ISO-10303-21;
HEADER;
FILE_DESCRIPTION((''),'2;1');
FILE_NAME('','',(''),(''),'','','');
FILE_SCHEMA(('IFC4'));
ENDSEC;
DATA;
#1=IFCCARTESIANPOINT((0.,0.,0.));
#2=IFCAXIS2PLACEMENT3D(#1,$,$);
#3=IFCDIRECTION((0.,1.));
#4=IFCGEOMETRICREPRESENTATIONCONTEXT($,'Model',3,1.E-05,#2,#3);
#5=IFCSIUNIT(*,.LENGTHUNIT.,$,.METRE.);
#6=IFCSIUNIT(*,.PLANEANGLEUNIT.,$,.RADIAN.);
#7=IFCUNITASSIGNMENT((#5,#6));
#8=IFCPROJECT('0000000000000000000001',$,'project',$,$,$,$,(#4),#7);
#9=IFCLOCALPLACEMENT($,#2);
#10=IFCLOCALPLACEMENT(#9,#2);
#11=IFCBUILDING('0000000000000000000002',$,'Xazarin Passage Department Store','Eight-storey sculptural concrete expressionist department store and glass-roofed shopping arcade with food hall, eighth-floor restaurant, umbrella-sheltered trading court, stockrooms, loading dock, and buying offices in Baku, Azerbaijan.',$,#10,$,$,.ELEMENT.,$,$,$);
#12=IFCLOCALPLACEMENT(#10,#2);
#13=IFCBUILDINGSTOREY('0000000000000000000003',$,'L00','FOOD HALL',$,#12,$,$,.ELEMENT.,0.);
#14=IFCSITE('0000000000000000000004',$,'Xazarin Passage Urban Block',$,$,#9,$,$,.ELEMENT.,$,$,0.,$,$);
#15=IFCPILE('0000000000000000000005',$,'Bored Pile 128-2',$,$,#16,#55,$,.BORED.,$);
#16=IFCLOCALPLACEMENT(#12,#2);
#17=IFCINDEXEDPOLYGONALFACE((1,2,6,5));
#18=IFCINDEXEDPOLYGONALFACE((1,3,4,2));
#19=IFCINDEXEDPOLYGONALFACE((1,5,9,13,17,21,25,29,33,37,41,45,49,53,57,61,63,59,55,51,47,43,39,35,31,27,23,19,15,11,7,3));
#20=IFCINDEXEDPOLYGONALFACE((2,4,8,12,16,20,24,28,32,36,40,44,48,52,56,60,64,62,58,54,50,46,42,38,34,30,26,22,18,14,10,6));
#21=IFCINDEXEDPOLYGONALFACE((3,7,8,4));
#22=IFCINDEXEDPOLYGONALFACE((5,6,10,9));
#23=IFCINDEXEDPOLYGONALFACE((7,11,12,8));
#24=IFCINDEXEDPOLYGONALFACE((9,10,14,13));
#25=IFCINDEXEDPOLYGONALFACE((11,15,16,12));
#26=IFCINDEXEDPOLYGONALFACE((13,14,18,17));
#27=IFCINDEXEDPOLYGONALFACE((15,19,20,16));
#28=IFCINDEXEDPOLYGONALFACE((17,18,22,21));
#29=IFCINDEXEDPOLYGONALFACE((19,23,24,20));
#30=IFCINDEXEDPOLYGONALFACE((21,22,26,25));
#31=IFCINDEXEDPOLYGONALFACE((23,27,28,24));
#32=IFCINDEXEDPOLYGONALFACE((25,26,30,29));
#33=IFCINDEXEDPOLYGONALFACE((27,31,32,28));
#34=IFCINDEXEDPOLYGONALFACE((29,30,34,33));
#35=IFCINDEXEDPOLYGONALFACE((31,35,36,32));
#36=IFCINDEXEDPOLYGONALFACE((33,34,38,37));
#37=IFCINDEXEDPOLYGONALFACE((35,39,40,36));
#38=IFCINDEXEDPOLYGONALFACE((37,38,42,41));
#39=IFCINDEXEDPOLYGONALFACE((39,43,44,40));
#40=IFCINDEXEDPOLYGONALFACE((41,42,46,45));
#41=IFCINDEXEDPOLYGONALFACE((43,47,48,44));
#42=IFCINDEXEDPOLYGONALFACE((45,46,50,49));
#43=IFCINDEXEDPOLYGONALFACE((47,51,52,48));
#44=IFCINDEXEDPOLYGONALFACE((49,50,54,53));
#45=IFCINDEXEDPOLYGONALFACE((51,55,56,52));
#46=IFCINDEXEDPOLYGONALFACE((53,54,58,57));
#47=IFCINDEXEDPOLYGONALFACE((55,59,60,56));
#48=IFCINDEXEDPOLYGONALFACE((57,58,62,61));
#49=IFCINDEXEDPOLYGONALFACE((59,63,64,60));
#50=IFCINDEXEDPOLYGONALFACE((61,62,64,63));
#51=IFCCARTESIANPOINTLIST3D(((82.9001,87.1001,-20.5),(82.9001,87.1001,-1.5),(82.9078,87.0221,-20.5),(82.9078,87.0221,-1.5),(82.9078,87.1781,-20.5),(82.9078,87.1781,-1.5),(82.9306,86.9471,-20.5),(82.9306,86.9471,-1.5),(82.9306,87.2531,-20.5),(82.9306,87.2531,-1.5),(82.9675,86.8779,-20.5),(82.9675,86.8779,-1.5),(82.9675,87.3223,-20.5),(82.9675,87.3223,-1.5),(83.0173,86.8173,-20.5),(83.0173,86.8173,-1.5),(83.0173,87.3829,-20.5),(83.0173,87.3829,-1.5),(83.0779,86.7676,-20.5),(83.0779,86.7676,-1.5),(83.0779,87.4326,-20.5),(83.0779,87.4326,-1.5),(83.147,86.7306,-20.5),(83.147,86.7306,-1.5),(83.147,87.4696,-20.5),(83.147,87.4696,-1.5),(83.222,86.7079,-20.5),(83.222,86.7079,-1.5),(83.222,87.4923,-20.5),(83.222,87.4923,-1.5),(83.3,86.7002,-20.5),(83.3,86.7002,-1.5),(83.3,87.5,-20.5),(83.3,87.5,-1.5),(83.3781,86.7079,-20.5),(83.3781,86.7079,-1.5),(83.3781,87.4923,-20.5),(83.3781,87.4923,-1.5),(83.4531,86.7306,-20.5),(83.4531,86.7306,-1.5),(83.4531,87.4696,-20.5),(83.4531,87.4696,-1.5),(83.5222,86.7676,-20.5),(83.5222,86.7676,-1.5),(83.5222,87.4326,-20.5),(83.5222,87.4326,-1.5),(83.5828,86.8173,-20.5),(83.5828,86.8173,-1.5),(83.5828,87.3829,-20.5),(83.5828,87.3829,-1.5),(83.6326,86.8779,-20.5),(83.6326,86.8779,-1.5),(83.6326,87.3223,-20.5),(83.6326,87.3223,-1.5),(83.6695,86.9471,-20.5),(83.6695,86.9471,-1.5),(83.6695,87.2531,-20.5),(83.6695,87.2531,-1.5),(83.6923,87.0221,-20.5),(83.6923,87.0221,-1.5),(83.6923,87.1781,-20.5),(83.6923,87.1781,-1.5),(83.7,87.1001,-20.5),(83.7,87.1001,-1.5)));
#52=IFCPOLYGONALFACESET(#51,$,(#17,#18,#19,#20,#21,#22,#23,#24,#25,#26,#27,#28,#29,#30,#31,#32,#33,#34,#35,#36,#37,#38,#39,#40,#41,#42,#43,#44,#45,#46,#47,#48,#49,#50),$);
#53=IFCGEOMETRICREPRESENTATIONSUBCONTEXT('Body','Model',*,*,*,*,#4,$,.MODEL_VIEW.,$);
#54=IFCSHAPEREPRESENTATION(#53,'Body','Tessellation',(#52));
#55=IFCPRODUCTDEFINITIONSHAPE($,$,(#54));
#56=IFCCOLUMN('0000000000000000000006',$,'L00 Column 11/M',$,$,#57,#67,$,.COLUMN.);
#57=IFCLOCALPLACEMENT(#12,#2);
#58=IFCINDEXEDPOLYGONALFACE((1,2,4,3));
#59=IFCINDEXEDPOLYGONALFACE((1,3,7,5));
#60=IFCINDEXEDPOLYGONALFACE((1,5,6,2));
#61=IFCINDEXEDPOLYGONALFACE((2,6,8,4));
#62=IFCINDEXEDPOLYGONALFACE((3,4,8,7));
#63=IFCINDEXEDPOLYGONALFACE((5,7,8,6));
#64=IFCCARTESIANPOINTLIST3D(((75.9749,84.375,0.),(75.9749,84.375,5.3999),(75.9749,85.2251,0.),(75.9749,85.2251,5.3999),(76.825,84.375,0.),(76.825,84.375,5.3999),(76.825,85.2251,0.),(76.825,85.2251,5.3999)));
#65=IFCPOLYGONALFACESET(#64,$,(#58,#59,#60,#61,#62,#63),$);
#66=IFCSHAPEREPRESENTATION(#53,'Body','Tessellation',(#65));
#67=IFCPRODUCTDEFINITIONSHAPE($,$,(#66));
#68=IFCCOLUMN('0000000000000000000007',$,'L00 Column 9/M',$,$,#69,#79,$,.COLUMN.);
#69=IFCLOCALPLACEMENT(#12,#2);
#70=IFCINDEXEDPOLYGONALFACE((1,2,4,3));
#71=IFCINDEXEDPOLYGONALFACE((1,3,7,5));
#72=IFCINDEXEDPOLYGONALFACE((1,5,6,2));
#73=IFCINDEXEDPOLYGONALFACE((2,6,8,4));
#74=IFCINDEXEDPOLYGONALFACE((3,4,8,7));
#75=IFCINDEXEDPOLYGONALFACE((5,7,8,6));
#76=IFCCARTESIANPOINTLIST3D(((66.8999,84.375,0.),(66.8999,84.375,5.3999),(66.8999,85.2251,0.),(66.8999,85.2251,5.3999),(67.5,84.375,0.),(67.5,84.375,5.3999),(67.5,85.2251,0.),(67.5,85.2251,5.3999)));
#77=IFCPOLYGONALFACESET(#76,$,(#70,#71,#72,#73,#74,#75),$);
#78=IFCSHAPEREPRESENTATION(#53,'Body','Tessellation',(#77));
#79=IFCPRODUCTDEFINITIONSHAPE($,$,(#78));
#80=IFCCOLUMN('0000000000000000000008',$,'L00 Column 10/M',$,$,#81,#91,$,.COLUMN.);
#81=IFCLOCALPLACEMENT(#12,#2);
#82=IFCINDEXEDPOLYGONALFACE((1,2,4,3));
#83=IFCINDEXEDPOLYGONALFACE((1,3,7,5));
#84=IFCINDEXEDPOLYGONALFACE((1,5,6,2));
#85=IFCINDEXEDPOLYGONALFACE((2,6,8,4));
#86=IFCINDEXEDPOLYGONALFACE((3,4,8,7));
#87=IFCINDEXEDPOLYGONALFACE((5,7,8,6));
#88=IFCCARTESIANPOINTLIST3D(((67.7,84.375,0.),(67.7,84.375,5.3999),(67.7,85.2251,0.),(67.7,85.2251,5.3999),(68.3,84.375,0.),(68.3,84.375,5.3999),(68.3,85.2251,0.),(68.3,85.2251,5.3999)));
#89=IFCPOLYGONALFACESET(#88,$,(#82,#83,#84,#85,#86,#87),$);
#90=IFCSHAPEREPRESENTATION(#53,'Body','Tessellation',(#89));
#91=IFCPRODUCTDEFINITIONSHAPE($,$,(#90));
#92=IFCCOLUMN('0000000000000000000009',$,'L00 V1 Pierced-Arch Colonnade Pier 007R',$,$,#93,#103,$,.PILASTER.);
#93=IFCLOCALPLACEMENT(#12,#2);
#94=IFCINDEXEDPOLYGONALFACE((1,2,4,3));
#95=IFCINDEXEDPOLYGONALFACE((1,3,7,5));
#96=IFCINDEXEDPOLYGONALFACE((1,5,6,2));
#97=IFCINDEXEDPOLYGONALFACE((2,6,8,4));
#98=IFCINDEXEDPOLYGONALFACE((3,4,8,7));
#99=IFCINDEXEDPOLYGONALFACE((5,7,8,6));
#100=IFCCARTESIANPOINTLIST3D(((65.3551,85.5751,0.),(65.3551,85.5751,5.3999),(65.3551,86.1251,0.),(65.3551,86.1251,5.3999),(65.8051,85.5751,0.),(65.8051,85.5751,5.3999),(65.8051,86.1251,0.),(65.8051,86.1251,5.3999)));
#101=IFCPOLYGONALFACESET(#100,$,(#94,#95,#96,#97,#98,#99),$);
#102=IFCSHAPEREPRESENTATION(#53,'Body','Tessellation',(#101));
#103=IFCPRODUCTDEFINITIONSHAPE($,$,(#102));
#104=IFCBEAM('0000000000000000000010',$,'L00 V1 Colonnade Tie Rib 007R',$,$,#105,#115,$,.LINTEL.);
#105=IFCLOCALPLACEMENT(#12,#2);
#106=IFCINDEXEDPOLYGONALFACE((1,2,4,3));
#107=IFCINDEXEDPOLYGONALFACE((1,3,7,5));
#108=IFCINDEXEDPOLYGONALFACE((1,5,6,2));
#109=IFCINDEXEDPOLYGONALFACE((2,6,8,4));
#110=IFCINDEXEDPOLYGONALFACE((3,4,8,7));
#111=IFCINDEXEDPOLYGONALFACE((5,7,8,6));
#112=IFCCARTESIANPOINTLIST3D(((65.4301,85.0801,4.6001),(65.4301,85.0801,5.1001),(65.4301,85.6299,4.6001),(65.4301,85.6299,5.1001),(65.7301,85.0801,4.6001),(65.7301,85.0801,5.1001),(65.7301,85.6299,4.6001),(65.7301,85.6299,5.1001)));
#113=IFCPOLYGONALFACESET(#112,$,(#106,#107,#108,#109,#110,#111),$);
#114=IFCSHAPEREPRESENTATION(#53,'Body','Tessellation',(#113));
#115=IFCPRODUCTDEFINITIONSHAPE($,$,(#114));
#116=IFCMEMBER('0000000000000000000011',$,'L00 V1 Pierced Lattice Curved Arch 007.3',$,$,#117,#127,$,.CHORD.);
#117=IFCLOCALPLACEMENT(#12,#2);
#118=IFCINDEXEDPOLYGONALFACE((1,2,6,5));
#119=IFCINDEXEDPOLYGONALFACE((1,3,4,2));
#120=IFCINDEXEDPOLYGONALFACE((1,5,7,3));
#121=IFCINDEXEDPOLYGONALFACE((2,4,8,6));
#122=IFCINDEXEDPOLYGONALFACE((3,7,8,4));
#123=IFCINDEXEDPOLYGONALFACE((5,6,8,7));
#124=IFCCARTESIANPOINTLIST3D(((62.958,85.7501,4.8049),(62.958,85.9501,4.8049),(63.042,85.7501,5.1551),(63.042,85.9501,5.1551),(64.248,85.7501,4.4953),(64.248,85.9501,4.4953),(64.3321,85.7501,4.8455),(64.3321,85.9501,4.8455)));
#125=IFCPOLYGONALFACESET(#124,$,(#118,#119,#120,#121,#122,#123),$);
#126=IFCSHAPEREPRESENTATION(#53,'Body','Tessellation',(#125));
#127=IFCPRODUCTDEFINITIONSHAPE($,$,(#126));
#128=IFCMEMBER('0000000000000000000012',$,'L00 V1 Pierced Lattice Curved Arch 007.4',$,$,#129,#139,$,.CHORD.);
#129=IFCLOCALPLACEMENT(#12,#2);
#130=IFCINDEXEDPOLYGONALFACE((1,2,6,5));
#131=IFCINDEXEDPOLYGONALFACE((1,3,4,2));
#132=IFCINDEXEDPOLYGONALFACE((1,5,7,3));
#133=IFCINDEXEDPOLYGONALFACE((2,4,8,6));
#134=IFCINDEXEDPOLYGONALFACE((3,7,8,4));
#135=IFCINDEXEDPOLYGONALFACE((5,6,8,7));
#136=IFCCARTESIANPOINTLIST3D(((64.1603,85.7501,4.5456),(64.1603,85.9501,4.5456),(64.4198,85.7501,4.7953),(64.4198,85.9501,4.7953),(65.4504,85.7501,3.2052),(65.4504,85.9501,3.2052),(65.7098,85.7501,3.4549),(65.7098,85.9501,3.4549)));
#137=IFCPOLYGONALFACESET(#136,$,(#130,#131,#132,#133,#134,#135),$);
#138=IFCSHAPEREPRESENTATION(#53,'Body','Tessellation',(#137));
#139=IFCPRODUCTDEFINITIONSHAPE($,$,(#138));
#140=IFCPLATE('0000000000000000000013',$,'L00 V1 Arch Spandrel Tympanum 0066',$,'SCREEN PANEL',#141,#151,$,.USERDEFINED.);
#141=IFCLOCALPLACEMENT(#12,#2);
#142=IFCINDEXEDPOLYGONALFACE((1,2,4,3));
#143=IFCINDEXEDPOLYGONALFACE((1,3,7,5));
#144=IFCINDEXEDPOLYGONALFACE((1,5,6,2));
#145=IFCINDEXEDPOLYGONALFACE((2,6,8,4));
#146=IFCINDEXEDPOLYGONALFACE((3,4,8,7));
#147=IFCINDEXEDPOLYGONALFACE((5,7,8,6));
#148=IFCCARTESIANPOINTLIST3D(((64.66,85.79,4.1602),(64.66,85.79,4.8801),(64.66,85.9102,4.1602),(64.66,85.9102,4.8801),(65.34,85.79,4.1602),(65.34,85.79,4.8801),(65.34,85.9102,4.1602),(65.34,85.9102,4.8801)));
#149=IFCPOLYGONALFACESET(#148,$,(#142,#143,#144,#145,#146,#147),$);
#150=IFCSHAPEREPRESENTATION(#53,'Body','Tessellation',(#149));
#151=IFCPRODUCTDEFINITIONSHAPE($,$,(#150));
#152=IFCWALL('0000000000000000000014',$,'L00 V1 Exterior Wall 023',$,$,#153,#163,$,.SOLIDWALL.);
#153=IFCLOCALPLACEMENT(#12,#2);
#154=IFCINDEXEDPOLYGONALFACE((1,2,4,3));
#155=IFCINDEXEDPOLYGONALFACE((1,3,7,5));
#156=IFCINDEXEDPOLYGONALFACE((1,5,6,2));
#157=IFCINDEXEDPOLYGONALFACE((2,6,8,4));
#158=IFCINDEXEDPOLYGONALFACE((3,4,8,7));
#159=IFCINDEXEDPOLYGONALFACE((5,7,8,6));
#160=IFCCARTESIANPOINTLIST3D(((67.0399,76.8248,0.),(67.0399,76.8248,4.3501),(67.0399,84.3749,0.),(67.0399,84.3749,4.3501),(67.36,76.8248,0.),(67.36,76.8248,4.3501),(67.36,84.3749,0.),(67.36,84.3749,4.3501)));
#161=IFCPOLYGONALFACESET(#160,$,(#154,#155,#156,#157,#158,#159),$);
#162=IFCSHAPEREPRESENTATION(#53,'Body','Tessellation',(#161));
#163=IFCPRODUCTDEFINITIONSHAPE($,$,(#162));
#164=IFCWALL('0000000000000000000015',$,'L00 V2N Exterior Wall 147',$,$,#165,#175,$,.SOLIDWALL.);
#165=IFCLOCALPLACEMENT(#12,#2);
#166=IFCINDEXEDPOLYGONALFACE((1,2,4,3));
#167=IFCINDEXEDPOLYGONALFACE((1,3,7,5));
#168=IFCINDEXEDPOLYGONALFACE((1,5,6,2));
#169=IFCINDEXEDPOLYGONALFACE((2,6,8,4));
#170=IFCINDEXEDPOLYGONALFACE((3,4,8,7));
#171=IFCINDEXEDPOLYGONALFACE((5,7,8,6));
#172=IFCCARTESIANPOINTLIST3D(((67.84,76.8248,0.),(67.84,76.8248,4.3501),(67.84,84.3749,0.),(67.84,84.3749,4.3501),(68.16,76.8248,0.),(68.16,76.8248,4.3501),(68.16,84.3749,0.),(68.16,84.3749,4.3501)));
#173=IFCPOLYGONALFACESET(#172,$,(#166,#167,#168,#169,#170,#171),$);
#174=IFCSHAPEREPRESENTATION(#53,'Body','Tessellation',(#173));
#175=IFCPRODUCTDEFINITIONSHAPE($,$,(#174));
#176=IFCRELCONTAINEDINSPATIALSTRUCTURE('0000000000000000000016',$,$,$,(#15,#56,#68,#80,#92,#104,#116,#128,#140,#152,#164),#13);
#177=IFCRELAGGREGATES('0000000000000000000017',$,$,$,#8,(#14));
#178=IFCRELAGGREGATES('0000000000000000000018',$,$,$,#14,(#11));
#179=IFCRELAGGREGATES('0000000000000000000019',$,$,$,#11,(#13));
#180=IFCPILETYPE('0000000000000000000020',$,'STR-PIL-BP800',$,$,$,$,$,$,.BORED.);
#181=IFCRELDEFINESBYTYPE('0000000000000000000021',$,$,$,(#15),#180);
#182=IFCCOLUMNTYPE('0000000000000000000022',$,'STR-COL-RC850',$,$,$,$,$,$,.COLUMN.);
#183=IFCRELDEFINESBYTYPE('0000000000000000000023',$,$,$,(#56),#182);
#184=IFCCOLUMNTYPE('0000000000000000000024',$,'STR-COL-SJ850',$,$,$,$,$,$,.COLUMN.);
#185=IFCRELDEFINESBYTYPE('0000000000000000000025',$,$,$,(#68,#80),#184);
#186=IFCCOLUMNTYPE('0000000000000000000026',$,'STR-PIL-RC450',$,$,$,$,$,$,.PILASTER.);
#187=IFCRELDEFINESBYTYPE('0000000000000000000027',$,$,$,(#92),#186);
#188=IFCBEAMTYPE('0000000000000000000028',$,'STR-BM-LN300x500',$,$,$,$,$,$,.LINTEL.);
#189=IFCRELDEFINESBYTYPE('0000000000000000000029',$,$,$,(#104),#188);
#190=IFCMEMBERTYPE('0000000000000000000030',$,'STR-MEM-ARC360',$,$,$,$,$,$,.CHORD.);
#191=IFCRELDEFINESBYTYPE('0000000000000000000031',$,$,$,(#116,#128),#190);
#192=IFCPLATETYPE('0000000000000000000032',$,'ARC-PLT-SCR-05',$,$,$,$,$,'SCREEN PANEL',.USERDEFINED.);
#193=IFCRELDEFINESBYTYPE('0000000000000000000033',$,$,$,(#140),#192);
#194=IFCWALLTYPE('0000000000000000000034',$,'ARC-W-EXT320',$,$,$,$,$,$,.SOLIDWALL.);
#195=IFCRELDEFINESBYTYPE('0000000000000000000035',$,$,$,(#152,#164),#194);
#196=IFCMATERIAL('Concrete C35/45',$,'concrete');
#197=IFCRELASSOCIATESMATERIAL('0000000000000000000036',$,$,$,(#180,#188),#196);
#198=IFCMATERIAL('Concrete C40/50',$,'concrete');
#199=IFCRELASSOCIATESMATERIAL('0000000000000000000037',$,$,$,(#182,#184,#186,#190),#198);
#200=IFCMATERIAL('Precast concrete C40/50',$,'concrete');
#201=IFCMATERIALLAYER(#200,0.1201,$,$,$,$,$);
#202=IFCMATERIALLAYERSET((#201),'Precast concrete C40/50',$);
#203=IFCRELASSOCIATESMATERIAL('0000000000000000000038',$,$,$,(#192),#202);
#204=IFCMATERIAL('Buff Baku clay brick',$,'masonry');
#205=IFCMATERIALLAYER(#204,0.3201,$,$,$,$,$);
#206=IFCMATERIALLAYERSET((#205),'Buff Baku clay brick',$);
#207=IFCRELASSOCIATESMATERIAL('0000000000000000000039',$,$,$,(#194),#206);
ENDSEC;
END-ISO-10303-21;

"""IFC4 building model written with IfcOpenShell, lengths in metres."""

from ifc_helpers import new_model, si_unit, direction, frame, frame_2d, origin, origin_2d, place, context, subcontext, project, spatial, rectangle, circle, extrude, material, layer, layer_set, material_profile, profile_set, type_object, element, save


model = new_model("IFC4")

# Units and contexts
model_context = context("Model", 3, precision=1e-05, world=origin(), true_north=direction((0.0, 1.0)))
body_context = subcontext(model_context, "Body", "Model", "MODEL_VIEW")
ifc_project = project(units=[si_unit("LENGTHUNIT", "METRE"), si_unit("PLANEANGLEUNIT", "RADIAN")], contexts=[model_context])

# Site, building, storey
site_placement = place(None, origin())
site = spatial("IfcSite", under=ifc_project, at=site_placement, Name="Xazarin Passage Urban Block", CompositionType="ELEMENT", RefElevation=0.0)
building_placement = place(site_placement, origin())
building = spatial("IfcBuilding", under=site, at=building_placement, Name="Xazarin Passage Department Store", Description="Eight-storey sculptural concrete expressionist department store and glass-roofed shopping arcade with food hall, eighth-floor restaurant, umbrella-sheltered trading court, stockrooms, loading dock, and buying offices in Baku, Azerbaijan.", CompositionType="ELEMENT")
storey_placement = place(building_placement, origin())
storey = spatial("IfcBuildingStorey", under=building, at=storey_placement, Name="L00", Description="FOOD HALL", CompositionType="ELEMENT", Elevation=0.0)

# Shared definitions
ifc_material_1 = material(Name="Concrete C35/45", Category="concrete")

# Pile
ifc_material_profile_1 = material_profile(ifc_material_1, circle(Radius=0.3999, at=origin_2d()), Name="BP 800")
ifc_profile_set_1 = profile_set([ifc_material_profile_1], Name="Concrete C35/45")
pile_type_1 = type_object("IfcPileType", Name="STR-PIL-BP800", PredefinedType="BORED", material=ifc_profile_set_1)
pile_1_placement = place(storey_placement, frame((83.3, 87.1001, -1.5), z_axis=(0.0, 0.0, -1.0), x_axis=(1.0, 0.0, 0.0)))
element("IfcPile", 1, at=pile_1_placement, inside=storey, type_object=pile_type_1, Name="Bored Pile 128-2", PredefinedType="BORED", context=body_context, shape_type="SweptSolid", body=[
    extrude(circle(Radius=0.3999, at=origin_2d()), origin(), (0.0, 0.0, 1.0), 19.0),
])

# Columns
ifc_material_2 = material(Name="Concrete C40/50", Category="concrete")
ifc_material_profile_2 = material_profile(ifc_material_2, rectangle(XDim=0.8501, YDim=0.8501, at=origin_2d()), Name="RC 850x850")
ifc_profile_set_2 = profile_set([ifc_material_profile_2], Name="Concrete C40/50")
column_type_1 = type_object("IfcColumnType", Name="STR-COL-RC850", PredefinedType="COLUMN", material=ifc_profile_set_2)
column_1_placement = place(storey_placement, frame((76.3999, 84.8, 0.0), z_axis=(0.0, 0.0, 1.0), x_axis=(1.0, 0.0, 0.0)))
element("IfcColumn", 2, at=column_1_placement, inside=storey, type_object=column_type_1, Name="L00 Column 11/M", PredefinedType="COLUMN", context=body_context, shape_type="SweptSolid", body=[
    extrude(rectangle(XDim=0.8501, YDim=0.8501, at=origin_2d()), origin(), (0.0, 0.0, 1.0), 5.3999),
])
ifc_material_profile_3 = material_profile(ifc_material_2, rectangle(XDim=0.6001, YDim=0.8501, at=origin_2d()), Name="RC 600x850")
ifc_profile_set_3 = profile_set([ifc_material_profile_3], Name="Concrete C40/50")
column_type_2 = type_object("IfcColumnType", Name="STR-COL-SJ850", PredefinedType="COLUMN", material=ifc_profile_set_3)
for number, where, z_axis, x_axis, name in (
    (3, (67.2, 84.8, 0.0), (0.0, 0.0, 1.0), (1.0, 0.0, 0.0), "L00 Column 9/M"),
    (4, (68.0, 84.8, 0.0), (0.0, 0.0, 1.0), (1.0, 0.0, 0.0), "L00 Column 10/M"),
):
    element("IfcColumn", number, at=place(storey_placement, frame(where, z_axis=z_axis, x_axis=x_axis)), inside=storey, type_object=column_type_2, Name=name, PredefinedType="COLUMN", context=body_context, shape_type="SweptSolid", body=[
        extrude(rectangle(XDim=0.6001, YDim=0.8501, at=origin_2d()), origin(), (0.0, 0.0, 1.0), 5.3999),
    ])
ifc_material_profile_4 = material_profile(ifc_material_2, rectangle(XDim=0.45, YDim=0.55, at=origin_2d()), Name="RC 450x550")
ifc_profile_set_4 = profile_set([ifc_material_profile_4], Name="Concrete C40/50")
column_type_3 = type_object("IfcColumnType", Name="STR-PIL-RC450", PredefinedType="PILASTER", material=ifc_profile_set_4)
column_2_placement = place(storey_placement, frame((65.5801, 85.8501, 0.0), z_axis=(0.0, 0.0, 1.0), x_axis=(1.0, 0.0, 0.0)))
element("IfcColumn", 5, at=column_2_placement, inside=storey, type_object=column_type_3, Name="L00 V1 Pierced-Arch Colonnade Pier 007R", PredefinedType="PILASTER", context=body_context, shape_type="SweptSolid", body=[
    extrude(rectangle(XDim=0.45, YDim=0.55, at=origin_2d()), origin(), (0.0, 0.0, 1.0), 5.3999),
])

# Beam
ifc_material_profile_5 = material_profile(ifc_material_1, rectangle(XDim=0.3, YDim=0.5, at=origin_2d()), Name="RC 300x500")
ifc_profile_set_5 = profile_set([ifc_material_profile_5], Name="Concrete C35/45")
beam_type = type_object("IfcBeamType", Name="STR-BM-LN300x500", PredefinedType="LINTEL", material=ifc_profile_set_5)
beam_placement = place(storey_placement, frame((65.5801, 85.0801, 4.8501), z_axis=(0.0, 1.0, 0.0), x_axis=(-1.0, 0.0, 0.0)))
element("IfcBeam", 6, at=beam_placement, inside=storey, type_object=beam_type, Name="L00 V1 Colonnade Tie Rib 007R", PredefinedType="LINTEL", context=body_context, shape_type="SweptSolid", body=[
    extrude(rectangle(XDim=0.3, YDim=0.5, at=origin_2d()), origin(), (0.0, 0.0, 1.0), 0.5498),
])

# Members
ifc_material_profile_6 = material_profile(ifc_material_2, rectangle(XDim=0.2, YDim=0.3601, at=origin_2d()), Name="RC 200x360")
ifc_profile_set_6 = profile_set([ifc_material_profile_6], Name="Concrete C40/50")
member_type = type_object("IfcMemberType", Name="STR-MEM-ARC360", PredefinedType="CHORD", material=ifc_profile_set_6)
member_1_placement = place(storey_placement, frame((63.0, 85.8501, 4.98), z_axis=(0.972394, 0.0, -0.233345), x_axis=(0.0, 1.0, 0.0)))
element("IfcMember", 7, at=member_1_placement, inside=storey, type_object=member_type, Name="L00 V1 Pierced Lattice Curved Arch 007.3", PredefinedType="CHORD", context=body_context, shape_type="SweptSolid", body=[
    extrude(rectangle(XDim=0.2, YDim=0.3601, at=origin_2d()), origin(), (0.0, 0.0, 1.0), 1.3267),
])
member_2_placement = place(storey_placement, frame((64.29, 85.8501, 4.6704), z_axis=(0.69346, 0.0, -0.720495), x_axis=(0.0, 1.0, 0.0)))
element("IfcMember", 8, at=member_2_placement, inside=storey, type_object=member_type, Name="L00 V1 Pierced Lattice Curved Arch 007.4", PredefinedType="CHORD", context=body_context, shape_type="SweptSolid", body=[
    extrude(rectangle(XDim=0.2, YDim=0.3601, at=origin_2d()), origin(), (0.0, 0.0, 1.0), 1.8604),
])

# Plate
ifc_material_3 = material(Name="Precast concrete C40/50", Category="concrete")
ifc_layer_1 = layer(ifc_material_3, 0.1201)
ifc_layer_set_1 = layer_set([ifc_layer_1], Name="Precast concrete C40/50")
plate_type = type_object("IfcPlateType", Name="ARC-PLT-SCR-05", ElementType="SCREEN PANEL", PredefinedType="USERDEFINED", material=ifc_layer_set_1)
plate_placement = place(storey_placement, frame((65.0, 85.8501, 4.1602), z_axis=(0.0, 0.0, 1.0), x_axis=(1.0, 0.0, 0.0)))
element("IfcPlate", 9, at=plate_placement, inside=storey, type_object=plate_type, Name="L00 V1 Arch Spandrel Tympanum 0066", ObjectType="SCREEN PANEL", PredefinedType="USERDEFINED", context=body_context, shape_type="SweptSolid", body=[
    extrude(rectangle(XDim=0.6799, YDim=0.1201, at=origin_2d()), origin(), (0.0, 0.0, 1.0), 0.72),
])

# Walls
ifc_material_4 = material(Name="Buff Baku clay brick", Category="masonry")
ifc_layer_2 = layer(ifc_material_4, 0.3201)
ifc_layer_set_2 = layer_set([ifc_layer_2], Name="Buff Baku clay brick")
wall_type = type_object("IfcWallType", Name="ARC-W-EXT320", PredefinedType="SOLIDWALL", material=ifc_layer_set_2)
for number, where, z_axis, x_axis, name in (
    (10, (67.2, 76.825, 0.0), (0.0, 0.0, 1.0), (0.0, 1.0, 0.0), "L00 V1 Exterior Wall 023"),
    (11, (68.0, 76.825, 0.0), (0.0, 0.0, 1.0), (0.0, 1.0, 0.0), "L00 V2N Exterior Wall 147"),
):
    element("IfcWall", number, at=place(storey_placement, frame(where, z_axis=z_axis, x_axis=x_axis)), inside=storey, type_object=wall_type, Name=name, PredefinedType="SOLIDWALL", context=body_context, shape_type="SweptSolid", body=[
        extrude(rectangle(XDim=7.55, YDim=0.3201, at=frame_2d((3.7749, 0.0))), origin(), (0.0, 0.0, 1.0), 4.3501),
    ])

save(model, "model.ifc")
